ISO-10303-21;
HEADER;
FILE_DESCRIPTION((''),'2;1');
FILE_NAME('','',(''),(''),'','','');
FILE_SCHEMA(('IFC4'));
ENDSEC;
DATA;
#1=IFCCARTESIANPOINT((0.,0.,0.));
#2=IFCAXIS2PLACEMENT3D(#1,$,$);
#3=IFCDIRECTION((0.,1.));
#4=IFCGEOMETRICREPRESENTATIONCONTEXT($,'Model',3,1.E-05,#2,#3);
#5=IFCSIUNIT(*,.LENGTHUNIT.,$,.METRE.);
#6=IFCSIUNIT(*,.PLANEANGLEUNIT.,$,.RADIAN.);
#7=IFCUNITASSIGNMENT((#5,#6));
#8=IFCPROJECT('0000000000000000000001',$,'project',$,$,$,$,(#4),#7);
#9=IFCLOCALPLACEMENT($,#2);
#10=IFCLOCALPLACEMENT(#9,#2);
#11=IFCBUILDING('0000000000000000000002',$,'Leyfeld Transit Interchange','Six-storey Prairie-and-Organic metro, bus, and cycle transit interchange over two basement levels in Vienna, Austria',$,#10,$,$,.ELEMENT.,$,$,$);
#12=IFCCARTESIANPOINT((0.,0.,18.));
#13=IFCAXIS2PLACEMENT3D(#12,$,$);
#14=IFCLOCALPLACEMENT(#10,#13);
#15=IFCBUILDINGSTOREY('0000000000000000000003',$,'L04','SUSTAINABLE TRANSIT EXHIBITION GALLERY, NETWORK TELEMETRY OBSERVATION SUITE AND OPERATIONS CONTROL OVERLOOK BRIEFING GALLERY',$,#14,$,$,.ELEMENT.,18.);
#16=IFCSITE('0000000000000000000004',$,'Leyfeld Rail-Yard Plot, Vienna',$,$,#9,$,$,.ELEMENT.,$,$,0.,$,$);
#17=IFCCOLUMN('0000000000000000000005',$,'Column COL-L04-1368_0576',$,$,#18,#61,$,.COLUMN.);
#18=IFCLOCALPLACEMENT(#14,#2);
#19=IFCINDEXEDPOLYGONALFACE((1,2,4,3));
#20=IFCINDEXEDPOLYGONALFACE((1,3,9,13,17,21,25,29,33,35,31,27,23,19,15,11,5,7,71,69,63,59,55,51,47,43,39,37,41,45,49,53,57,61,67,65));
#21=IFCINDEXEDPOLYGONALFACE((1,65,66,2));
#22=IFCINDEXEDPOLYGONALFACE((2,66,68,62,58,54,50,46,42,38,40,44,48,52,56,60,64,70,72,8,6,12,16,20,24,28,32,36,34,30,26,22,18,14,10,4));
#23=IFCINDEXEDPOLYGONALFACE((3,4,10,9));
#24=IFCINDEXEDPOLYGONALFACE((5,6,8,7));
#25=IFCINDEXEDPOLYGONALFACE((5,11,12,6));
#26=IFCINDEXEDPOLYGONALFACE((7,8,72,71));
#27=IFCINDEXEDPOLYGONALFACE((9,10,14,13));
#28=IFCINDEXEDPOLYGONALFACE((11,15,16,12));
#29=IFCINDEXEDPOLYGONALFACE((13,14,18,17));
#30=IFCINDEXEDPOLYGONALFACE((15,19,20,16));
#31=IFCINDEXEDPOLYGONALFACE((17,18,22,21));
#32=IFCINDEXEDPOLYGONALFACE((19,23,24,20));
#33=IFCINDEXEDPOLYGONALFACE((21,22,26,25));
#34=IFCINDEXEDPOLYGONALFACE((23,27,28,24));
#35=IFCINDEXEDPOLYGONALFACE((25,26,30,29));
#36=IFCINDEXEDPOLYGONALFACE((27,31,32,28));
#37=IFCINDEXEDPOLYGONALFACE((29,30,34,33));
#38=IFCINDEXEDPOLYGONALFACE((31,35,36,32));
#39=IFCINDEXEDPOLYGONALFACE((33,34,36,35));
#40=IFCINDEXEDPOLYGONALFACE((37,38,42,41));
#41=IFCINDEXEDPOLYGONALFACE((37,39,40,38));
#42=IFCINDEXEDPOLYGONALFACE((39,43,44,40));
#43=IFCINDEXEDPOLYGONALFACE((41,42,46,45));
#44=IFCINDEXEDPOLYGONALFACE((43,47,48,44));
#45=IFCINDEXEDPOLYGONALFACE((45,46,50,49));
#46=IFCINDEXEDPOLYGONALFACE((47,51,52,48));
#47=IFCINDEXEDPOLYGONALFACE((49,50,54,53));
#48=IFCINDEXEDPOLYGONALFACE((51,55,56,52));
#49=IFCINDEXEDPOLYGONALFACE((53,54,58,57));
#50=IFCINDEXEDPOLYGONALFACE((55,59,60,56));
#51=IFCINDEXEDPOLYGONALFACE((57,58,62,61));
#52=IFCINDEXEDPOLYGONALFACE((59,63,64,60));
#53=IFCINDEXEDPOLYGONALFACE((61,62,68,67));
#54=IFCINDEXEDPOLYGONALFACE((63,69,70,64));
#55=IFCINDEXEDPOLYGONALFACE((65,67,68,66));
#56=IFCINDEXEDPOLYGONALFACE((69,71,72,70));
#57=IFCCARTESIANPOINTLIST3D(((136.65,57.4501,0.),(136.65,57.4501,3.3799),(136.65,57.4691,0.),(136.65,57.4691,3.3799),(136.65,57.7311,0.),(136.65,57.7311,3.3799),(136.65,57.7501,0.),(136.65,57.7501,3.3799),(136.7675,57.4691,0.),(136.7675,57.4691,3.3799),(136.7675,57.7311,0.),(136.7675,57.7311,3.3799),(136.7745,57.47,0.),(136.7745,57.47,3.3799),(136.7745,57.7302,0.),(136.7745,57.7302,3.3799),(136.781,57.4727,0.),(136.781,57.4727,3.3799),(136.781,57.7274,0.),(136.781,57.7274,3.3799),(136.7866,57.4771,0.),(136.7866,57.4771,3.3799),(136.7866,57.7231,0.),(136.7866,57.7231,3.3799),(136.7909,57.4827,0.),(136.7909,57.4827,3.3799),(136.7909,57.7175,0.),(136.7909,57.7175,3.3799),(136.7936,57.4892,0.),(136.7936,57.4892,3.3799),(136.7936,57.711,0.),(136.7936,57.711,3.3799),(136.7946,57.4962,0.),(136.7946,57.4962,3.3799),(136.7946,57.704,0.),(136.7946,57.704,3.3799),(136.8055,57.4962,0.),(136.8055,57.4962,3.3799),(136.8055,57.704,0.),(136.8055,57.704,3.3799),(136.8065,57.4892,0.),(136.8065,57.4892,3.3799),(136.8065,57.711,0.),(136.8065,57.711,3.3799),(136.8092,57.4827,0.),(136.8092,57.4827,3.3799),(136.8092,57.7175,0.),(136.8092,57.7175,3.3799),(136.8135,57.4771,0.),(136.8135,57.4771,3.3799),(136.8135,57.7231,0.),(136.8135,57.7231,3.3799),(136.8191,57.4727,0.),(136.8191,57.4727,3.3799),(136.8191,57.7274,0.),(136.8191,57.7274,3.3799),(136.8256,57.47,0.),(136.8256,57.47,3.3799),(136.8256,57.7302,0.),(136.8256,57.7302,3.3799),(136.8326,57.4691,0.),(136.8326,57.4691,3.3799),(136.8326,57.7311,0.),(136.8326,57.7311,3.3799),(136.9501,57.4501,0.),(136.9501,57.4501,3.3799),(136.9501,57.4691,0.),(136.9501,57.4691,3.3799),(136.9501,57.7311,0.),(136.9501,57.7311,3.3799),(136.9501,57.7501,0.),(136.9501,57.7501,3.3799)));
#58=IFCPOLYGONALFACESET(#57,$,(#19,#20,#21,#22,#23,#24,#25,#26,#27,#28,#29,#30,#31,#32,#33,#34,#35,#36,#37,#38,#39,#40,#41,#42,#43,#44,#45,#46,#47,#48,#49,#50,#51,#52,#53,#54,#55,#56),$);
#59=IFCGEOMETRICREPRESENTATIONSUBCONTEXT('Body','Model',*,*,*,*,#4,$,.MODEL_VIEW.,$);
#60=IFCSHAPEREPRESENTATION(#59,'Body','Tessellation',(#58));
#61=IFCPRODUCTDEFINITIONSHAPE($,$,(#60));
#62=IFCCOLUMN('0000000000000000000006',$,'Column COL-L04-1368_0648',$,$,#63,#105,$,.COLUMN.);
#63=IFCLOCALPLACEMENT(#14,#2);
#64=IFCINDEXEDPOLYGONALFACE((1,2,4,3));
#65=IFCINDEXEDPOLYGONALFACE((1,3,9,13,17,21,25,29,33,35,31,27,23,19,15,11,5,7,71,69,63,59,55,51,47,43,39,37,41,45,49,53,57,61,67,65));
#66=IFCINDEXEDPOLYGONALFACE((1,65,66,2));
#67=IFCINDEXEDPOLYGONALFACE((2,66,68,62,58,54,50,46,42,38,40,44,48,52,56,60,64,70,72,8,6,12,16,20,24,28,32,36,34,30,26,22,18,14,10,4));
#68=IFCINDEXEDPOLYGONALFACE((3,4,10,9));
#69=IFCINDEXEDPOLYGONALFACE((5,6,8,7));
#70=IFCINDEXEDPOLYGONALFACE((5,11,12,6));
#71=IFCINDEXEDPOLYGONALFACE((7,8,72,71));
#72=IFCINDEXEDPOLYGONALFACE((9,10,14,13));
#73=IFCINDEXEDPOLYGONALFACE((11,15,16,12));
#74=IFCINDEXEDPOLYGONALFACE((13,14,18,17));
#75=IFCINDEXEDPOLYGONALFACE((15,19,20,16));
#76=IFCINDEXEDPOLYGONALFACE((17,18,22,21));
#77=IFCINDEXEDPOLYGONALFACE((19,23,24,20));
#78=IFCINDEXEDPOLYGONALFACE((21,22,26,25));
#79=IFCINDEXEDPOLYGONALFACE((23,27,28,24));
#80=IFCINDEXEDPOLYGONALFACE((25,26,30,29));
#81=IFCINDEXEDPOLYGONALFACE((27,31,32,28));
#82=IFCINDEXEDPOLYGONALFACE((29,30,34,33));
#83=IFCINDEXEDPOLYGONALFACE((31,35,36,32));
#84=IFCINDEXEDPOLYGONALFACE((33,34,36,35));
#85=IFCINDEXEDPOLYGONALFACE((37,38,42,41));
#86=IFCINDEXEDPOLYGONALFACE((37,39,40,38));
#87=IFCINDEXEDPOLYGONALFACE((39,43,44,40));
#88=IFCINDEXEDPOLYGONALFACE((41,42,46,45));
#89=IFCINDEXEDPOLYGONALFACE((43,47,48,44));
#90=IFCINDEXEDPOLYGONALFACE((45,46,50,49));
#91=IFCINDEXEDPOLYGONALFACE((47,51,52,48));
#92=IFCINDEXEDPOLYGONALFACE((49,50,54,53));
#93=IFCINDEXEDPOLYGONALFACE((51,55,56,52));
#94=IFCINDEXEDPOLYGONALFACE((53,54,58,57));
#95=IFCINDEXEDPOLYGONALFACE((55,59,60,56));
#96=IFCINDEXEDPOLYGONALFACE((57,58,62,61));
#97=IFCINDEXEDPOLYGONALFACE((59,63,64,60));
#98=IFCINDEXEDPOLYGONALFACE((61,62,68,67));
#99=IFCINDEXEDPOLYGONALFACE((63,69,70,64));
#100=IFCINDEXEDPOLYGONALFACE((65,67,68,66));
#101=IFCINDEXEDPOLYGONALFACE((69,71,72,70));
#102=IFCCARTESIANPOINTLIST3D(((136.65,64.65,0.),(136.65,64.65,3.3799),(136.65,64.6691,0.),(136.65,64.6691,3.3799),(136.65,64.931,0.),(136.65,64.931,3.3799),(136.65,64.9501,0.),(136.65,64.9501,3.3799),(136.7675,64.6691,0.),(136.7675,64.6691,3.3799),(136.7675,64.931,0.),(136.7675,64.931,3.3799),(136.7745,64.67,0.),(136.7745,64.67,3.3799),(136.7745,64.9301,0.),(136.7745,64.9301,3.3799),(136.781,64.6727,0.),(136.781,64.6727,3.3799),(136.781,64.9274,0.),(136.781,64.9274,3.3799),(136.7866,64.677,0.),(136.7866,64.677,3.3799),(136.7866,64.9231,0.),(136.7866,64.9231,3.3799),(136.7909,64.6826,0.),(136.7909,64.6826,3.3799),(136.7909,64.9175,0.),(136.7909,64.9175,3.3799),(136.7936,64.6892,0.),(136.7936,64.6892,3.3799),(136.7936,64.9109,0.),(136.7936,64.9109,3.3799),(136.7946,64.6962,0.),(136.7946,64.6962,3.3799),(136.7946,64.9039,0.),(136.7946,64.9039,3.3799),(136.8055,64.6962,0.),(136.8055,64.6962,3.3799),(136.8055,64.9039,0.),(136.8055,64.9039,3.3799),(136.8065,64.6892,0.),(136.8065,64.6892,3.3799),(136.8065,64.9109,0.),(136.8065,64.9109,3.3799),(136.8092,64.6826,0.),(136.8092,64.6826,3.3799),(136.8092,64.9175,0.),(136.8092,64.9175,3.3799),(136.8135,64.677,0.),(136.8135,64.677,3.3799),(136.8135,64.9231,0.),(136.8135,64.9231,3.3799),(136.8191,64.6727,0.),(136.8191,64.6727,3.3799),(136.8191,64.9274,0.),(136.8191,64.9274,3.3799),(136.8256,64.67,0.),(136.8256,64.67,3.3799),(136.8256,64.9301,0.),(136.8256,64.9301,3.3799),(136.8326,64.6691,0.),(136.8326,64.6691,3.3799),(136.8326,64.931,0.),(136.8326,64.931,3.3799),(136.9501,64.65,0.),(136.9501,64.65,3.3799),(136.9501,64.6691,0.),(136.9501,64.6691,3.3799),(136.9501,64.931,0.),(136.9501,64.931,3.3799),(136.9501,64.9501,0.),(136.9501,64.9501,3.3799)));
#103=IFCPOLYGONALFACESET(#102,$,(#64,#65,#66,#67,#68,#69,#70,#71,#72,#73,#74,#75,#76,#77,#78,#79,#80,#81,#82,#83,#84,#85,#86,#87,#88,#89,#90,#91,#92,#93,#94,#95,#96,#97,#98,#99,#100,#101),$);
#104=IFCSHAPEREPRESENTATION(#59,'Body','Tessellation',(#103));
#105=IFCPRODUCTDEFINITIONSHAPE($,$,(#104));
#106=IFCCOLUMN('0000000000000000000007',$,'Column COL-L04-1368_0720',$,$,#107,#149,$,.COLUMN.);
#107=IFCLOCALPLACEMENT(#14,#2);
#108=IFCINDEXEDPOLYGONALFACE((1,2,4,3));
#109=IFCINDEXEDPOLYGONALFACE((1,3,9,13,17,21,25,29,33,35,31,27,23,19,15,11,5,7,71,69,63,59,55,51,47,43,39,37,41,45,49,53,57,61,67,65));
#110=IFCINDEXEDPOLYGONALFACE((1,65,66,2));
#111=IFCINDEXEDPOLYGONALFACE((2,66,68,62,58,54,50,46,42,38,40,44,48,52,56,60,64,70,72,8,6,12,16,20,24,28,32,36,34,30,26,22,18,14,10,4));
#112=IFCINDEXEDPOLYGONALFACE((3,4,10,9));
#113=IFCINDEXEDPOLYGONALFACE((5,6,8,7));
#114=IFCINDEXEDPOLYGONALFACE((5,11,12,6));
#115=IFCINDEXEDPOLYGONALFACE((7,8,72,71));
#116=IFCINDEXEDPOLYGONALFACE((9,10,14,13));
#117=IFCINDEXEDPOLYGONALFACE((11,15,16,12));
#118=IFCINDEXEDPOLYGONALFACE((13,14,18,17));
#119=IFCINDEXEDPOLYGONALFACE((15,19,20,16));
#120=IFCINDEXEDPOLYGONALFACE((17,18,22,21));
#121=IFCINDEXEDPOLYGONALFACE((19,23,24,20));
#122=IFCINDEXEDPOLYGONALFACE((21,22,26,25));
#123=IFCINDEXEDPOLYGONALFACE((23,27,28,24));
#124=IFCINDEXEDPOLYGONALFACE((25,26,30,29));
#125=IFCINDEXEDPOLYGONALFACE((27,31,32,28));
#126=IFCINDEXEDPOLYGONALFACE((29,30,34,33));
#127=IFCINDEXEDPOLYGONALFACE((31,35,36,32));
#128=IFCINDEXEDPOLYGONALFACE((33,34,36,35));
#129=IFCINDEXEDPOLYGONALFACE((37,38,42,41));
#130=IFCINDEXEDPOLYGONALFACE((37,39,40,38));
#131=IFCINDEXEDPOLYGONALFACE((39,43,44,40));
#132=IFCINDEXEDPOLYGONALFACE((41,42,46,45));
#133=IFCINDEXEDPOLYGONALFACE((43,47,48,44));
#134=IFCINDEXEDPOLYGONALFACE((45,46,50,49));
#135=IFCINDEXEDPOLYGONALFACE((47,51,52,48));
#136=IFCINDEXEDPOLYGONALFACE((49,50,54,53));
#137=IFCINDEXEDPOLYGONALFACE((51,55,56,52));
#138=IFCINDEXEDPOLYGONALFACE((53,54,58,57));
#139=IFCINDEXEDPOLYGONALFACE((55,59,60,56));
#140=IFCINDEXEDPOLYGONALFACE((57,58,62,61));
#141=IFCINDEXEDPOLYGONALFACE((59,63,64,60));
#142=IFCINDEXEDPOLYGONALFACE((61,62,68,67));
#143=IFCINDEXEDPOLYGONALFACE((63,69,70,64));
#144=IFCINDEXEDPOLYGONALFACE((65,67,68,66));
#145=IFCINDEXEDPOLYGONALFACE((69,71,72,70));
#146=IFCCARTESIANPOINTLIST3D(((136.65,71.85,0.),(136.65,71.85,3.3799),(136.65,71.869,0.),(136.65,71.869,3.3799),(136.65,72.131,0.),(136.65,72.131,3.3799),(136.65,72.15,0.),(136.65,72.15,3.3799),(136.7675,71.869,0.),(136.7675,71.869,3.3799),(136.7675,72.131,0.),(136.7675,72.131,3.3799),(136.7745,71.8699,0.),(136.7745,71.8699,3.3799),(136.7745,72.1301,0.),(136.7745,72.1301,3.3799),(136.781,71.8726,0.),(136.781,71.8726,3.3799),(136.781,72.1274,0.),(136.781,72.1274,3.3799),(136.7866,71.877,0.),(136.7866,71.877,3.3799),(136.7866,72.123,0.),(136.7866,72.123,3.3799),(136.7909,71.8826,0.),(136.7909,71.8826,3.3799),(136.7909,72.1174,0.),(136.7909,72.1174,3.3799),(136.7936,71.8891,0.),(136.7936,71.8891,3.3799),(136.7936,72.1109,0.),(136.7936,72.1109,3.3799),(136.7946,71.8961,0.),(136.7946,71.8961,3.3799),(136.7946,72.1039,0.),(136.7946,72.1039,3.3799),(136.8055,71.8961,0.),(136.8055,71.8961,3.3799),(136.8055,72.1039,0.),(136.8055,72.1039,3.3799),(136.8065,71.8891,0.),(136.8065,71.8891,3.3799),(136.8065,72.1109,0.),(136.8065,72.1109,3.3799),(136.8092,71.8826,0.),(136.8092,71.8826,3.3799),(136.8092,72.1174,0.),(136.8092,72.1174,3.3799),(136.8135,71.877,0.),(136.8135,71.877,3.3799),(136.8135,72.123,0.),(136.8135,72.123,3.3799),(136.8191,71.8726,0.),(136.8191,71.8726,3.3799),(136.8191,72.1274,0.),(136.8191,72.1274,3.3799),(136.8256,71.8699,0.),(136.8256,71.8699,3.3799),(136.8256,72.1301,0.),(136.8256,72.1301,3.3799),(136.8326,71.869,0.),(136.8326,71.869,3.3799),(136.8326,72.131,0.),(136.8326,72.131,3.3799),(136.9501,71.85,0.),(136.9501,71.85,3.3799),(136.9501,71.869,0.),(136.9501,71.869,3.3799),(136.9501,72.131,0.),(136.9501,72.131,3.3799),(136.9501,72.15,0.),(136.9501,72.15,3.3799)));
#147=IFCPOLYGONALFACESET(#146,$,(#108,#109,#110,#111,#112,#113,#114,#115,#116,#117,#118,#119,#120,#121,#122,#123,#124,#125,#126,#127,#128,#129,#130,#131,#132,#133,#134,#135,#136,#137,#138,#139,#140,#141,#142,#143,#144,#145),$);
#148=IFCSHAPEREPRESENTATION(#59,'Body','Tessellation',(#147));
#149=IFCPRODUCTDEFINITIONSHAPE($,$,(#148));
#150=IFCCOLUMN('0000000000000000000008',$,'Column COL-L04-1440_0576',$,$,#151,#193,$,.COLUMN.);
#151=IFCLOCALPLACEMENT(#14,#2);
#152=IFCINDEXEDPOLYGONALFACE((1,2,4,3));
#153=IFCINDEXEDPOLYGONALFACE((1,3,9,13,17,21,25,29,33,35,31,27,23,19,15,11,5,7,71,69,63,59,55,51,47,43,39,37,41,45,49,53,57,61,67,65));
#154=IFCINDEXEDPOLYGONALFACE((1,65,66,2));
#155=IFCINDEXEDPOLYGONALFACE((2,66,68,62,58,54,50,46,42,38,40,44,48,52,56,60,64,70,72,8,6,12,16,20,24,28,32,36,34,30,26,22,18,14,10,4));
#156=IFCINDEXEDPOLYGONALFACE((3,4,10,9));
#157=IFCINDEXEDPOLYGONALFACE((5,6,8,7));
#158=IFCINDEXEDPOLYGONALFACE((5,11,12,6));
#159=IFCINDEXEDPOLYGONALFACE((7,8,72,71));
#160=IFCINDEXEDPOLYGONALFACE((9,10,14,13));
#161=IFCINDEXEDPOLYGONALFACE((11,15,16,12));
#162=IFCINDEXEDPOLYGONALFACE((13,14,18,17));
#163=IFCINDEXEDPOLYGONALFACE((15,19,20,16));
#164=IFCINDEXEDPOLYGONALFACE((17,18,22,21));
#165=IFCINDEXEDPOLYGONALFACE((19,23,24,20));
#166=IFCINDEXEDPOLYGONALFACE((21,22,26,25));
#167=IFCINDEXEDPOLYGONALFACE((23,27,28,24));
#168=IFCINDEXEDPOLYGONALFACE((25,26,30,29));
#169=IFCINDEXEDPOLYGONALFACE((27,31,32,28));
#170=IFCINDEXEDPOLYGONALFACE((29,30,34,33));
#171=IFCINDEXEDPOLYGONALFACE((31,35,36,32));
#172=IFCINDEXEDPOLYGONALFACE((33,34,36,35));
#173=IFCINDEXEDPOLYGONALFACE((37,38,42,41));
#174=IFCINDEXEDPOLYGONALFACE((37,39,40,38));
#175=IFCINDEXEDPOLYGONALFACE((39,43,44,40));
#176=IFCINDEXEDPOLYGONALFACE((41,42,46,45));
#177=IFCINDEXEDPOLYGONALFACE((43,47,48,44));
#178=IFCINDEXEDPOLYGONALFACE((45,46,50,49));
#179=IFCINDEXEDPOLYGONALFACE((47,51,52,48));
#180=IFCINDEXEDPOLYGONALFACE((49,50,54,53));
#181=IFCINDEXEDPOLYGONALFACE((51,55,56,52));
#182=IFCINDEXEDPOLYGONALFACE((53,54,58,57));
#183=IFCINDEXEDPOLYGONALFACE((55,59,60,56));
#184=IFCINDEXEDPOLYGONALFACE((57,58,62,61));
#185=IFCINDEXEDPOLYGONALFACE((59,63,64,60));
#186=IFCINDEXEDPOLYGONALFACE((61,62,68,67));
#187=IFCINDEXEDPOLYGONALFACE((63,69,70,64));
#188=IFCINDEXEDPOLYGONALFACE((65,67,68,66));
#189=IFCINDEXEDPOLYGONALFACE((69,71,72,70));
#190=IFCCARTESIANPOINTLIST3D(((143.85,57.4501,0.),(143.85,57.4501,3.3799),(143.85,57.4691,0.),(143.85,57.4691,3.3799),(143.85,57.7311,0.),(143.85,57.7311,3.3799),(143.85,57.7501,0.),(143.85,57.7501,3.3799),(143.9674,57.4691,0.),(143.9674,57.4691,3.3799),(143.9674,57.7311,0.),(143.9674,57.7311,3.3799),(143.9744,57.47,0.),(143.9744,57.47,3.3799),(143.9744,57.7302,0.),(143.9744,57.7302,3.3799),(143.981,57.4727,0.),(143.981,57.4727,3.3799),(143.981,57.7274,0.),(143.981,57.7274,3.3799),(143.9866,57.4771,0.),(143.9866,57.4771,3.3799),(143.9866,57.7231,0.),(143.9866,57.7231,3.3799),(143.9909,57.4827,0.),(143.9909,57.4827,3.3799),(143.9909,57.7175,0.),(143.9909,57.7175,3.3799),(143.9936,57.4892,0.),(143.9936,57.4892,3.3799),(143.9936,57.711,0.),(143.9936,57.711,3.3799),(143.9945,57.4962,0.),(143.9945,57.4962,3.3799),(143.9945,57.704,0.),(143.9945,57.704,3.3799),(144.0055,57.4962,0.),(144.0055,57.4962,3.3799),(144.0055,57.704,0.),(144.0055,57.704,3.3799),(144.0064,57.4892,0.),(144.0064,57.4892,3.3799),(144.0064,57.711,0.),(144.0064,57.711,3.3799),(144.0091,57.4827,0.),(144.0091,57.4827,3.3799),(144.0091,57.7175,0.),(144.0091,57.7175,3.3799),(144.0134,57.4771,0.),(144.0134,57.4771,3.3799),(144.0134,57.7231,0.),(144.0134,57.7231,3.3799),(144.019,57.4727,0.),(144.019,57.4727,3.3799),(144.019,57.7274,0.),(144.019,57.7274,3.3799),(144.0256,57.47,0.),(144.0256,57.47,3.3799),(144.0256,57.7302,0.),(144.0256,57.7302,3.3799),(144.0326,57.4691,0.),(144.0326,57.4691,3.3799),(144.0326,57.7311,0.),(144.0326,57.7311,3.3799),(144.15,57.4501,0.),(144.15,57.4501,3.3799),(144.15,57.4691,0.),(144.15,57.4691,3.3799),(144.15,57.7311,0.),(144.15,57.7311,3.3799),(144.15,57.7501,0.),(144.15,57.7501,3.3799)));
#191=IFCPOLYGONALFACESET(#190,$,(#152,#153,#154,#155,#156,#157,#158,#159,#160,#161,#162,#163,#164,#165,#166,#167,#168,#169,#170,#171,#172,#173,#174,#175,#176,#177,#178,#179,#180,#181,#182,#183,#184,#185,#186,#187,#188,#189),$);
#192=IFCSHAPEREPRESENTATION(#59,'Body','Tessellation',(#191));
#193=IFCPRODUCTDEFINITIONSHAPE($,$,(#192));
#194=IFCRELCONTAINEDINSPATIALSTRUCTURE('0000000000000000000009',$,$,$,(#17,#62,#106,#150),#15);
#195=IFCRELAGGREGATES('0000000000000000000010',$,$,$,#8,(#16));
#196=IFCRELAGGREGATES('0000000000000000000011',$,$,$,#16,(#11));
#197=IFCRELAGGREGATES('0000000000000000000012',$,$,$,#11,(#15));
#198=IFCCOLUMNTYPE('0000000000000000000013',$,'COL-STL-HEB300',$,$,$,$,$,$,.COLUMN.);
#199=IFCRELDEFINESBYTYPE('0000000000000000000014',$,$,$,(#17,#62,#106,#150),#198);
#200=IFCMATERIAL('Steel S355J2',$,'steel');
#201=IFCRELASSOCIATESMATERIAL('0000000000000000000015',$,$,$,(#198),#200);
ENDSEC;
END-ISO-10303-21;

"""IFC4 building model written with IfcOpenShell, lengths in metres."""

from ifc_helpers import new_model, si_unit, direction, frame, origin, origin_2d, place, context, subcontext, project, spatial, i_section, extrude, material, material_profile, profile_set, type_object, element, save


model = new_model("IFC4")

# Units and contexts
model_context = context("Model", 3, precision=1e-05, world=origin(), true_north=direction((0.0, 1.0)))
body_context = subcontext(model_context, "Body", "Model", "MODEL_VIEW")
ifc_project = project(units=[si_unit("LENGTHUNIT", "METRE"), si_unit("PLANEANGLEUNIT", "RADIAN")], contexts=[model_context])

# Site, building, storey
site_placement = place(None, origin())
site = spatial("IfcSite", under=ifc_project, at=site_placement, Name="Leyfeld Rail-Yard Plot, Vienna", CompositionType="ELEMENT", RefElevation=0.0)
building_placement = place(site_placement, origin())
building = spatial("IfcBuilding", under=site, at=building_placement, Name="Leyfeld Transit Interchange", Description="Six-storey Prairie-and-Organic metro, bus, and cycle transit interchange over two basement levels in Vienna, Austria", CompositionType="ELEMENT")
storey_placement = place(building_placement, frame((0.0, 0.0, 18.0)))
storey = spatial("IfcBuildingStorey", under=building, at=storey_placement, Name="L04", Description="SUSTAINABLE TRANSIT EXHIBITION GALLERY, NETWORK TELEMETRY OBSERVATION SUITE AND OPERATIONS CONTROL OVERLOOK BRIEFING GALLERY", CompositionType="ELEMENT", Elevation=18.0)

# Columns
ifc_material_1 = material(Name="Steel S355J2", Category="steel")
ifc_material_profile_1 = material_profile(ifc_material_1, i_section(OverallWidth=0.3, OverallDepth=0.3, WebThickness=0.011, FlangeThickness=0.019, FilletRadius=0.0271, at=origin_2d()), Name="HEB 300")
ifc_profile_set_1 = profile_set([ifc_material_profile_1], Name="Steel S355J2")
column_type = type_object("IfcColumnType", Name="COL-STL-HEB300", PredefinedType="COLUMN", material=ifc_profile_set_1)
for number, where, z_axis, x_axis, name in (
    (1, (136.8, 57.6001, 0.0), (0.0, 0.0, 1.0), (1.0, 0.0, 0.0), "Column COL-L04-1368_0576"),
    (2, (136.8, 64.8, 0.0), (0.0, 0.0, 1.0), (1.0, 0.0, 0.0), "Column COL-L04-1368_0648"),
    (3, (136.8, 72.0, 0.0), (0.0, 0.0, 1.0), (1.0, 0.0, 0.0), "Column COL-L04-1368_0720"),
    (4, (144.0, 57.6001, 0.0), (0.0, 0.0, 1.0), (1.0, 0.0, 0.0), "Column COL-L04-1440_0576"),
):
    element("IfcColumn", number, at=place(storey_placement, frame(where, z_axis=z_axis, x_axis=x_axis)), inside=storey, type_object=column_type, Name=name, PredefinedType="COLUMN", context=body_context, shape_type="SweptSolid", body=[
        extrude(i_section(OverallWidth=0.3, OverallDepth=0.3, WebThickness=0.011, FlangeThickness=0.019, FilletRadius=0.0271, at=origin_2d()), origin(), (0.0, 0.0, 1.0), 3.3799),
    ])

save(model, "model.ifc")
